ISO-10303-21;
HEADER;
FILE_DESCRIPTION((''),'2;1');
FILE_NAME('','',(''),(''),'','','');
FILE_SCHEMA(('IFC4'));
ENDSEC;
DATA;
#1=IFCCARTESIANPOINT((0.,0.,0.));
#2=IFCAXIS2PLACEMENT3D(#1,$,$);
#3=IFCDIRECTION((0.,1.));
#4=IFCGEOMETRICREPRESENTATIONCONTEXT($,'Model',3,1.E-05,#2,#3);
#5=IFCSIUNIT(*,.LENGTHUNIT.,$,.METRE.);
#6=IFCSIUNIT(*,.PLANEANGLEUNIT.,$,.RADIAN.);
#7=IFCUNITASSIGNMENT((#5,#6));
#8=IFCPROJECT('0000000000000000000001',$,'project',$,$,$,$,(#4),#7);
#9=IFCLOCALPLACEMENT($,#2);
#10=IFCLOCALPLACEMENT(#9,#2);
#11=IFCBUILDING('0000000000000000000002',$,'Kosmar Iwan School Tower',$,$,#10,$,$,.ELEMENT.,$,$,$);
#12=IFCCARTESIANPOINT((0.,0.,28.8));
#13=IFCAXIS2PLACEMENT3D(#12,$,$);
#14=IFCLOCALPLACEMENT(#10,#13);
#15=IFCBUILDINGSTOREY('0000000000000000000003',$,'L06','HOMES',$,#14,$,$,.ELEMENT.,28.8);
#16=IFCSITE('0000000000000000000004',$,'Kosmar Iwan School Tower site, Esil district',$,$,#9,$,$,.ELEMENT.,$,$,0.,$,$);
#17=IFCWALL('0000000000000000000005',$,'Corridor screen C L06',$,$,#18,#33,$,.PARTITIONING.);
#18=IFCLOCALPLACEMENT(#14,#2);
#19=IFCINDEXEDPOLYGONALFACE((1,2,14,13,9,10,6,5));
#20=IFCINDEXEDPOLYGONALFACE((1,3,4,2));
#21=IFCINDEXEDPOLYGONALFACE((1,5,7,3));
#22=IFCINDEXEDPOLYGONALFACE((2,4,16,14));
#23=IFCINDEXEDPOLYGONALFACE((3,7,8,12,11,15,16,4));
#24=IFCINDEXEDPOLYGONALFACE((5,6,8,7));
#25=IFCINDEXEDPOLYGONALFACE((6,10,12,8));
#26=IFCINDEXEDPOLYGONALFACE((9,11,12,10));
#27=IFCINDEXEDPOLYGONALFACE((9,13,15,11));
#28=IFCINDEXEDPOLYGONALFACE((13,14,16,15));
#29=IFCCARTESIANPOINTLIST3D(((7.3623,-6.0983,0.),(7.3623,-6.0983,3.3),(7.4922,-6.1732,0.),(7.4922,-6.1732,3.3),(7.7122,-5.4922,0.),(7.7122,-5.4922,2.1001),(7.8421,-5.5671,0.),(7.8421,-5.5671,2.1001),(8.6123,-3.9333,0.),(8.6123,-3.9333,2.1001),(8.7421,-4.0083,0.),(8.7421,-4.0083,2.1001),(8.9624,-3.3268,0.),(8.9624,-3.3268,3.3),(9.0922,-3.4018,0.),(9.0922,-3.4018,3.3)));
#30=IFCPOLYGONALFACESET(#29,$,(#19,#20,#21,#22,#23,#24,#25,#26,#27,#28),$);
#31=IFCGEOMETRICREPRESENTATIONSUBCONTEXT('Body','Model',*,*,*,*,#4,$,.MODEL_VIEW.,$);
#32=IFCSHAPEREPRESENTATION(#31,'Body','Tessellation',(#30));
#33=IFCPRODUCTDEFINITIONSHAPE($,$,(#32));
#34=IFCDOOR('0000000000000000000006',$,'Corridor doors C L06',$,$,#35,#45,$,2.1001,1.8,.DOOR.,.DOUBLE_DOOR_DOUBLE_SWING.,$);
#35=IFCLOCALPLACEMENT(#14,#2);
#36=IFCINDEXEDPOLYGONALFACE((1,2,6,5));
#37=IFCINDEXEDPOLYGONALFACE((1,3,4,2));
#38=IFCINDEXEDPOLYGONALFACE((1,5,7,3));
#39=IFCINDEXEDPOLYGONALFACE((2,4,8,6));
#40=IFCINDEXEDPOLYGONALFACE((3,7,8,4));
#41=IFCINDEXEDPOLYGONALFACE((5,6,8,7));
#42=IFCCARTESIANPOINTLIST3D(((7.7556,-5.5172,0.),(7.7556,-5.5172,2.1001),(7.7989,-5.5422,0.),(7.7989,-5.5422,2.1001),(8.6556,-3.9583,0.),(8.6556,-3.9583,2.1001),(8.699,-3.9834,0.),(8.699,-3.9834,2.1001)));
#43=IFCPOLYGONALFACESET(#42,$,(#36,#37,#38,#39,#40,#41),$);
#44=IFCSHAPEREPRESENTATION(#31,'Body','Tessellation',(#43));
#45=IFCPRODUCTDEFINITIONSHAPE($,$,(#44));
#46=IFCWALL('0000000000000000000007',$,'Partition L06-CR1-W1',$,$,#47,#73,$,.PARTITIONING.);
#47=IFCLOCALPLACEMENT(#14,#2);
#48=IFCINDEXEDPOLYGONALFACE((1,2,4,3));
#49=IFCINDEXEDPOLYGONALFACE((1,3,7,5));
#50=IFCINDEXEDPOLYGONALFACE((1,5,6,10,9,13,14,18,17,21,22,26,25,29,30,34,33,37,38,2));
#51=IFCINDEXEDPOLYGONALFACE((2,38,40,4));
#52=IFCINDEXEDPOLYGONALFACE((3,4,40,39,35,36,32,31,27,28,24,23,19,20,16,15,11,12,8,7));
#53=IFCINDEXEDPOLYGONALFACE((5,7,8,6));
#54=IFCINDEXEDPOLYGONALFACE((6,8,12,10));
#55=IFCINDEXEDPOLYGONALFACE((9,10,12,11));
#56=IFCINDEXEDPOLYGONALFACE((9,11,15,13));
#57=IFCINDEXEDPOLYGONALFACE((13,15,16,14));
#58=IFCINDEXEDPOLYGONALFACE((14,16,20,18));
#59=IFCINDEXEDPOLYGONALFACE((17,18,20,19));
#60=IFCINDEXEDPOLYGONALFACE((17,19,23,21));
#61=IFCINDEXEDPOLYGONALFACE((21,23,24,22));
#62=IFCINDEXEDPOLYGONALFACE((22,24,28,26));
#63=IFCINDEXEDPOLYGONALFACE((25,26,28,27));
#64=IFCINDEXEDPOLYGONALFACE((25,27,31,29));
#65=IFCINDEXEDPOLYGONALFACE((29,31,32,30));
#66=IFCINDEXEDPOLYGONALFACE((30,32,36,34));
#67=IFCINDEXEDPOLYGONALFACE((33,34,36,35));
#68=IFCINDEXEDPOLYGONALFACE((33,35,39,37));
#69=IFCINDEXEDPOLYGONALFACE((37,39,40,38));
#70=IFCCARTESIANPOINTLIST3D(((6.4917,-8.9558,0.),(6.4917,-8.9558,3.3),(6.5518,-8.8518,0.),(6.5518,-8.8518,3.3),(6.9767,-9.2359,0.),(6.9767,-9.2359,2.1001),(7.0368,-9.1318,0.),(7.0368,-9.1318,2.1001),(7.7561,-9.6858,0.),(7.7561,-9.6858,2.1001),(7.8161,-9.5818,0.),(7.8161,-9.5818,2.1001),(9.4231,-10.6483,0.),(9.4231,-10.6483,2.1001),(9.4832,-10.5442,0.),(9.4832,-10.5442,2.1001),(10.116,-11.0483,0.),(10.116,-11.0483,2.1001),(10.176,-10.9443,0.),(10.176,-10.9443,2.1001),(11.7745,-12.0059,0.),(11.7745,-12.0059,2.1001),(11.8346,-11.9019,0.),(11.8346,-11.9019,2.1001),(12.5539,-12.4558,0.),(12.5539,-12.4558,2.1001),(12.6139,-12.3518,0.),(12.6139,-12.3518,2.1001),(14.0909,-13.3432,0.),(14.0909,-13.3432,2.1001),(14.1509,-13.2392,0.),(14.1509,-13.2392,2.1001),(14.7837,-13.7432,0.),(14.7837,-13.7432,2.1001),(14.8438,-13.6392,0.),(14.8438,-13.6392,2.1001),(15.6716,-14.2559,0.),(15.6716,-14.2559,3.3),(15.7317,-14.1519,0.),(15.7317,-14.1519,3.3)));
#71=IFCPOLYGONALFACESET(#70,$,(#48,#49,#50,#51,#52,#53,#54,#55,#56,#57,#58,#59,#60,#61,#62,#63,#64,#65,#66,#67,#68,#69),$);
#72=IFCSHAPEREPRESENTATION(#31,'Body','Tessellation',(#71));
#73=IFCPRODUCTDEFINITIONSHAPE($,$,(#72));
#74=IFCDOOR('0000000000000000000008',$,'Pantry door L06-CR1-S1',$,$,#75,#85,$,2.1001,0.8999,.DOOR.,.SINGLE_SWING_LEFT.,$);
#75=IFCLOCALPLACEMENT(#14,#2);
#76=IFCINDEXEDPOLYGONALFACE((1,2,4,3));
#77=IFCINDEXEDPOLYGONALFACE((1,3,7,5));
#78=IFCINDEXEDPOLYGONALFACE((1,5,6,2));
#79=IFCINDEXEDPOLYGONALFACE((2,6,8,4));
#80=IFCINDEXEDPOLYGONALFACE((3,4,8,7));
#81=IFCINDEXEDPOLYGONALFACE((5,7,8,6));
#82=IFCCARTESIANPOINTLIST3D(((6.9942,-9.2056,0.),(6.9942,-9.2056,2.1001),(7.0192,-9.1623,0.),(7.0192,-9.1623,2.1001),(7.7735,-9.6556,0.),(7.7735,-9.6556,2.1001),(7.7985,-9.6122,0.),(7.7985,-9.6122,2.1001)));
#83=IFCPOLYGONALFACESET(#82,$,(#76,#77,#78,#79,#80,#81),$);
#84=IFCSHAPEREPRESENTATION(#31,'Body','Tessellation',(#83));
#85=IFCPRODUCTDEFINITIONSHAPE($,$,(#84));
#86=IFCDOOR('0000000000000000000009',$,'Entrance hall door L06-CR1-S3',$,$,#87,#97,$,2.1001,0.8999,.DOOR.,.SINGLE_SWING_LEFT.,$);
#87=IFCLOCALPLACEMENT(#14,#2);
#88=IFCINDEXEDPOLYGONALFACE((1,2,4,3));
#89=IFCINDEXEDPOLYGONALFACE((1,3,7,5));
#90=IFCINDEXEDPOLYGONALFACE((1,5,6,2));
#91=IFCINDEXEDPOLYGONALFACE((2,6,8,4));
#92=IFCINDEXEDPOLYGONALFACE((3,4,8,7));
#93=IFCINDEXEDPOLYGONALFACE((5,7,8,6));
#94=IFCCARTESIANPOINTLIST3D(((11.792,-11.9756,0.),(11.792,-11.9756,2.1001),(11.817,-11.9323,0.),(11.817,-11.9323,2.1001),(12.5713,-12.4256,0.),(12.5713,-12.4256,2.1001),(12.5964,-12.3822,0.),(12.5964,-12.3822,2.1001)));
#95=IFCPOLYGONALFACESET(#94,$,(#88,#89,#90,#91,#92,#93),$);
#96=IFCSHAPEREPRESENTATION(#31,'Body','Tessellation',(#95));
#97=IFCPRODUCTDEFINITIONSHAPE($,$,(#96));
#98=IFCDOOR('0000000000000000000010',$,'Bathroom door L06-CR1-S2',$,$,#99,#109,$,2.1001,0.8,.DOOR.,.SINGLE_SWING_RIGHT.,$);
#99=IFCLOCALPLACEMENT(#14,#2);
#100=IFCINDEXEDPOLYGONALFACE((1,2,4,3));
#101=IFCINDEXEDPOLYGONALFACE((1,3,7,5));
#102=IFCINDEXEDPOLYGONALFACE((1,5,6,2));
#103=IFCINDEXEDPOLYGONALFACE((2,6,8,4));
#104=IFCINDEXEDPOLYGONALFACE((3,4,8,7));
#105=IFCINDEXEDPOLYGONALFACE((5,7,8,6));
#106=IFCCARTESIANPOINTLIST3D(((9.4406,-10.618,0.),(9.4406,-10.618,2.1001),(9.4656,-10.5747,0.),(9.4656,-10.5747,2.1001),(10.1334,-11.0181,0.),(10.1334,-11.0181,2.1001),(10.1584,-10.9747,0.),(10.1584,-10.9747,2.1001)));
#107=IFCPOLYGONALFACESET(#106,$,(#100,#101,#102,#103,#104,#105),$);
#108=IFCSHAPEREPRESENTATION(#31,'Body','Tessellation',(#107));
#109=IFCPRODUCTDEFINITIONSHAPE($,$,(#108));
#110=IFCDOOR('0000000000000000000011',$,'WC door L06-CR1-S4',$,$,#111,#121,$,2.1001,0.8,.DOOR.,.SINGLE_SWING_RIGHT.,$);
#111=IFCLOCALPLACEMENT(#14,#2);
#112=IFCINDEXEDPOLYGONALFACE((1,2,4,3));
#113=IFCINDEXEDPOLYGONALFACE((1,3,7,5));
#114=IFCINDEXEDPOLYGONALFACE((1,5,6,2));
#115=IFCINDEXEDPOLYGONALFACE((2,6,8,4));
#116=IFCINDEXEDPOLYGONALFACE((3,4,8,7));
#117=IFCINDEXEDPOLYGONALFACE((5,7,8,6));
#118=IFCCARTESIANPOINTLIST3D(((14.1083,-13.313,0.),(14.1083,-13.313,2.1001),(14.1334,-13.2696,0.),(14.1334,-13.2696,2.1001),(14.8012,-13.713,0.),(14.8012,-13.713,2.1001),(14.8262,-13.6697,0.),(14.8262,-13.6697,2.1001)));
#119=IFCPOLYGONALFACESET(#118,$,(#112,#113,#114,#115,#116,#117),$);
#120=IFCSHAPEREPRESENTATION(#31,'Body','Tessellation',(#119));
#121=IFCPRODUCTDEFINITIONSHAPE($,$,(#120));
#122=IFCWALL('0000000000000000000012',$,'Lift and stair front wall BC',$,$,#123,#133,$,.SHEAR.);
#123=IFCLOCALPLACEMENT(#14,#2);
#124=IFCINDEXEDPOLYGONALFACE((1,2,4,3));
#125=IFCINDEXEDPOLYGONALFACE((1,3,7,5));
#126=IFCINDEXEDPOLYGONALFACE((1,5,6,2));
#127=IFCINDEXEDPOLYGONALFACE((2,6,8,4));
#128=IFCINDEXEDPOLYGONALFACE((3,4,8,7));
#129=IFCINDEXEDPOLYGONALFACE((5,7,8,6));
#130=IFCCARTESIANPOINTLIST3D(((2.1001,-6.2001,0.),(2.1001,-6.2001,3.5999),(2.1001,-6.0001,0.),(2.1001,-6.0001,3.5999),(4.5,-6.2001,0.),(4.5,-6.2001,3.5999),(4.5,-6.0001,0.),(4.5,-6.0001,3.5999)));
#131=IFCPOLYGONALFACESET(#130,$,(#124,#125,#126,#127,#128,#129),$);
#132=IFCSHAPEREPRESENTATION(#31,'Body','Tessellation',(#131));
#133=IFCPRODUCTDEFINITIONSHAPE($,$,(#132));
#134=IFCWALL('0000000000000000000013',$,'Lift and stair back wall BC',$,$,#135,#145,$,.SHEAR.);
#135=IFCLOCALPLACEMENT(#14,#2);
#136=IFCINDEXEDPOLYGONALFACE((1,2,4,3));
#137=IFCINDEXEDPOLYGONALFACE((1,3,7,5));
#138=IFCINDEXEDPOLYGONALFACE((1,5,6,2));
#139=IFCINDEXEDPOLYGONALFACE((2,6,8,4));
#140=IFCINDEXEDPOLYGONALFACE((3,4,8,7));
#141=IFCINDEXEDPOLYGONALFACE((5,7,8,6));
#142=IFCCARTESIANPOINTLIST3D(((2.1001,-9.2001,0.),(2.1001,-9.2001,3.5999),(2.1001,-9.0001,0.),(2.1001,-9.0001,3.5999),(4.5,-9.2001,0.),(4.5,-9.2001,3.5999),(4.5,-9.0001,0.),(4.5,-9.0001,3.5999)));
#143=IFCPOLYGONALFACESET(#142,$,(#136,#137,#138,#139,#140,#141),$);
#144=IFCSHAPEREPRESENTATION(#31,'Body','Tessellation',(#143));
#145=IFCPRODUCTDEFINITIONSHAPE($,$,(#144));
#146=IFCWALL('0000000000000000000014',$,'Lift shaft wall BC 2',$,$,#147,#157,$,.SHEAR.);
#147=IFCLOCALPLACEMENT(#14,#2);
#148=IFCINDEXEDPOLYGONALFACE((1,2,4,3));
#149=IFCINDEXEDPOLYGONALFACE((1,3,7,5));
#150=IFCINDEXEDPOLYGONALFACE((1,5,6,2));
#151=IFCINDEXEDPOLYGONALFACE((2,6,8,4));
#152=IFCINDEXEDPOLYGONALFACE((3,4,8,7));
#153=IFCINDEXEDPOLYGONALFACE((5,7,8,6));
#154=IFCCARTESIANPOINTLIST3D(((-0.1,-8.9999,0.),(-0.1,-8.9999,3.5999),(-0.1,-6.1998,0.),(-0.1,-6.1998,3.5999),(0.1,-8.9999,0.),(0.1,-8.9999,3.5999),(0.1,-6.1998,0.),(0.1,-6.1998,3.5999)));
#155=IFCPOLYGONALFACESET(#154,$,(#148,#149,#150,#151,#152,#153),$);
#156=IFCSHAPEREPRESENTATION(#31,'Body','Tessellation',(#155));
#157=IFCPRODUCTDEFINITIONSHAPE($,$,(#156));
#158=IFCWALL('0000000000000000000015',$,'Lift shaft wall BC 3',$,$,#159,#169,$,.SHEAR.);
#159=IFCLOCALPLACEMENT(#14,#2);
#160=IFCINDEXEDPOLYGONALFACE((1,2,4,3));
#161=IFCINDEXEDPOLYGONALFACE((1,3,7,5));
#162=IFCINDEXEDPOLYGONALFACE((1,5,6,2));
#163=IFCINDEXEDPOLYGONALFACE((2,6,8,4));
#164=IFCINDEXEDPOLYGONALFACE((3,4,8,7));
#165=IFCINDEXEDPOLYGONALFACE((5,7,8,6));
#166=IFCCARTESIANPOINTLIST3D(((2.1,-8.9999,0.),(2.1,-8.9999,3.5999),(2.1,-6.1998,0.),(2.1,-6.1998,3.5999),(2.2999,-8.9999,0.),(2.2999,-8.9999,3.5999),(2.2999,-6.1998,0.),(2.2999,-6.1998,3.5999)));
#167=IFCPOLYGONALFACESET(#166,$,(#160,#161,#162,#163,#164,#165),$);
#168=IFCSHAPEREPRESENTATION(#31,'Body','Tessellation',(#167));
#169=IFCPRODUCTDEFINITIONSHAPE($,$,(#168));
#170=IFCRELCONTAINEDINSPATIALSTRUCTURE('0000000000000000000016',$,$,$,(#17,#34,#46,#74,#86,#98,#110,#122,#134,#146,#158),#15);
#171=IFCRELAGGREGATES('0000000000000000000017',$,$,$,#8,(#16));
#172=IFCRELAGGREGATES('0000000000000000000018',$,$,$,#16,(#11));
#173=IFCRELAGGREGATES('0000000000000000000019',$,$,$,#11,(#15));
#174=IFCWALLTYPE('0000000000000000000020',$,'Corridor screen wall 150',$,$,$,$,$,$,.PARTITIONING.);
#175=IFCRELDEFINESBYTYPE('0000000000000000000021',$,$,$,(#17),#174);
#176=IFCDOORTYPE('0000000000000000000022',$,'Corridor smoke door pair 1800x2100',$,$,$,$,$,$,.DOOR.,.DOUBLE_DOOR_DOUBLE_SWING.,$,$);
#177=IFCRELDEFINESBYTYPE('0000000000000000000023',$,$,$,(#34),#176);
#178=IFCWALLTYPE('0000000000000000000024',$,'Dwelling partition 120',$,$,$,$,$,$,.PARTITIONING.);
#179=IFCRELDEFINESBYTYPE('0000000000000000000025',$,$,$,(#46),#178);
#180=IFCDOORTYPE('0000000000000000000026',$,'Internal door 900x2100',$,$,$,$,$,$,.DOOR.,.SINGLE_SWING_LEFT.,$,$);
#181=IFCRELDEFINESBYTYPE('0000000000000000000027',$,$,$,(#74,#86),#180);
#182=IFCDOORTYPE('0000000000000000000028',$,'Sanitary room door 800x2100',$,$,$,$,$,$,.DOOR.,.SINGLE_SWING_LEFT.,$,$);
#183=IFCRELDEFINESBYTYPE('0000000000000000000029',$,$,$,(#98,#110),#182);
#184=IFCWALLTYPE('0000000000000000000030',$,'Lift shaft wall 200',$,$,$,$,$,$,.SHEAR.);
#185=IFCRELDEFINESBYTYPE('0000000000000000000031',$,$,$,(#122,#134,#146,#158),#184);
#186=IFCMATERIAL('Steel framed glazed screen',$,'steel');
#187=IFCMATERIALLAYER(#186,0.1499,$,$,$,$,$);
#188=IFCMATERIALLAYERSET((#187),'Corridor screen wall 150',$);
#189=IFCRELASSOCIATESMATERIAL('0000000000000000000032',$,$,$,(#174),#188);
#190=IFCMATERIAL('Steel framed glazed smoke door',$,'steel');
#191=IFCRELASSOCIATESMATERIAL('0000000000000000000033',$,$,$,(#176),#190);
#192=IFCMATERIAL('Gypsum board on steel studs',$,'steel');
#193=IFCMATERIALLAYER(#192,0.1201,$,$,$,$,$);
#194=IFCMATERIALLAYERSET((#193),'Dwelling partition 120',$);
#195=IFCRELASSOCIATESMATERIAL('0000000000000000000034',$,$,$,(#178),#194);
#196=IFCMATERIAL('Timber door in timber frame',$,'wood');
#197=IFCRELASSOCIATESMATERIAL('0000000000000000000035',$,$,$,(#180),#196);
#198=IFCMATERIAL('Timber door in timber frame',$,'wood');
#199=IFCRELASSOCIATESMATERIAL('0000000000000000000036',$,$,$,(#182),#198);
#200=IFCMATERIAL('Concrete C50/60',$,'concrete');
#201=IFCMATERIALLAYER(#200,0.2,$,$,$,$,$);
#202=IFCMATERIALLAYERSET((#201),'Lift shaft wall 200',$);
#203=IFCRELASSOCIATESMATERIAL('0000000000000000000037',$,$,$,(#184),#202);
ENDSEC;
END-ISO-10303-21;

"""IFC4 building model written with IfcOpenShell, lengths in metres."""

from ifc_helpers import new_model, si_unit, direction, frame, frame_2d, origin, place, context, subcontext, project, spatial, rectangle, extrude, material, layer, layer_set, type_object, element, fill, save


model = new_model("IFC4")

# Units and contexts
model_context = context("Model", 3, precision=1e-05, world=origin(), true_north=direction((0.0, 1.0)))
body_context = subcontext(model_context, "Body", "Model", "MODEL_VIEW")
ifc_project = project(units=[si_unit("LENGTHUNIT", "METRE"), si_unit("PLANEANGLEUNIT", "RADIAN")], contexts=[model_context])

# Site, building, storey
site_placement = place(None, origin())
site = spatial("IfcSite", under=ifc_project, at=site_placement, Name="Kosmar Iwan School Tower site, Esil district", CompositionType="ELEMENT", RefElevation=0.0)
building_placement = place(site_placement, origin())
building = spatial("IfcBuilding", under=site, at=building_placement, Name="Kosmar Iwan School Tower", CompositionType="ELEMENT")
storey_placement = place(building_placement, frame((0.0, 0.0, 28.8)))
storey = spatial("IfcBuildingStorey", under=building, at=storey_placement, Name="L06", Description="HOMES", CompositionType="ELEMENT", Elevation=28.8)

# Wall, opening, door
ifc_material_1 = material(Name="Steel framed glazed screen", Category="steel")
ifc_layer_1 = layer(ifc_material_1, 0.1499)
ifc_layer_set_1 = layer_set([ifc_layer_1], Name="Corridor screen wall 150")
wall_type_1 = type_object("IfcWallType", Name="Corridor screen wall 150", PredefinedType="PARTITIONING", material=ifc_layer_set_1)
wall_1_placement = place(storey_placement, frame((7.4272, -6.1357, 0.0), z_axis=(0.0, 0.0, 1.0), x_axis=(0.499995, 0.866028, 0.0)))
wall_1 = element("IfcWall", 1, at=wall_1_placement, inside=storey, type_object=wall_type_1, Name="Corridor screen C L06", PredefinedType="PARTITIONING", context=body_context, shape_type="SweptSolid", body=[
    extrude(rectangle(XDim=3.2002, YDim=0.1499, at=frame_2d((1.6001, 0.0))), origin(), (0.0, 0.0, 1.0), 3.3),
])
opening_1_placement = place(wall_1_placement, frame((0.7, 0.0, 0.0)))
opening_1 = element("IfcOpeningElement", 2, at=opening_1_placement, cuts=wall_1, PredefinedType="OPENING", context=body_context, shape_type="SweptSolid", body=[
    extrude(rectangle(XDim=1.8, YDim=2.1001, at=frame_2d((0.8999, 1.05))), frame((0.0, 0.0869, 0.0), z_axis=(0.0, -1.0, 0.0), x_axis=(1.0, 0.0, 0.0)), (0.0, 0.0, 1.0), 0.1738),
])
ifc_material_2 = material(Name="Steel framed glazed smoke door", Category="steel")
door_type_1 = type_object("IfcDoorType", Name="Corridor smoke door pair 1800x2100", OperationType="DOUBLE_DOOR_DOUBLE_SWING", PredefinedType="DOOR", material=ifc_material_2)
door_1_placement = place(opening_1_placement, origin())
door_1 = element("IfcDoor", 3, at=door_1_placement, inside=storey, type_object=door_type_1, Name="Corridor doors C L06", OperationType="DOUBLE_DOOR_DOUBLE_SWING", OverallHeight=2.1001, OverallWidth=1.8, PredefinedType="DOOR", context=body_context, shape_type="SweptSolid", body=[
    extrude(rectangle(XDim=1.8, YDim=2.1001, at=frame_2d((0.8999, 1.05))), frame((0.0, 0.0249, 0.0), z_axis=(0.0, -1.0, 0.0), x_axis=(1.0, 0.0, 0.0)), (0.0, 0.0, 1.0), 0.05),
])
fill(opening_1, door_1)

# Wall, openings, doors
ifc_material_3 = material(Name="Gypsum board on steel studs", Category="steel")
ifc_layer_2 = layer(ifc_material_3, 0.1201)
ifc_layer_set_2 = layer_set([ifc_layer_2], Name="Dwelling partition 120")
wall_type_2 = type_object("IfcWallType", Name="Dwelling partition 120", PredefinedType="PARTITIONING", material=ifc_layer_set_2)
wall_2_placement = place(storey_placement, frame((6.5217, -8.9038, 0.0), z_axis=(0.0, 0.0, 1.0), x_axis=(0.866025, -0.500001, 0.0)))
wall_2 = element("IfcWall", 4, at=wall_2_placement, inside=storey, type_object=wall_type_2, Name="Partition L06-CR1-W1", PredefinedType="PARTITIONING", context=body_context, shape_type="SweptSolid", body=[
    extrude(rectangle(XDim=10.6001, YDim=0.1201, at=frame_2d((5.3, 0.0))), origin(), (0.0, 0.0, 1.0), 3.3),
])
opening_2_placement = place(wall_2_placement, frame((0.5601, 0.0, 0.0)))
opening_2 = element("IfcOpeningElement", 5, at=opening_2_placement, cuts=wall_2, PredefinedType="OPENING", context=body_context, shape_type="SweptSolid", body=[
    extrude(rectangle(XDim=0.8999, YDim=2.1001, at=frame_2d((0.45, 1.05))), frame((0.0, 0.072, 0.0), z_axis=(0.0, -1.0, 0.0), x_axis=(1.0, 0.0, 0.0)), (0.0, 0.0, 1.0), 0.144),
])
opening_3_placement = place(wall_2_placement, frame((3.385, 0.0, 0.0)))
opening_3 = element("IfcOpeningElement", 6, at=opening_3_placement, cuts=wall_2, PredefinedType="OPENING", context=body_context, shape_type="SweptSolid", body=[
    extrude(rectangle(XDim=0.8, YDim=2.1001, at=frame_2d((0.3999, 1.05))), frame((0.0, 0.072, 0.0), z_axis=(0.0, -1.0, 0.0), x_axis=(1.0, 0.0, 0.0)), (0.0, 0.0, 1.0), 0.144),
])
opening_4_placement = place(wall_2_placement, frame((6.1001, 0.0, 0.0)))
opening_4 = element("IfcOpeningElement", 7, at=opening_4_placement, cuts=wall_2, PredefinedType="OPENING", context=body_context, shape_type="SweptSolid", body=[
    extrude(rectangle(XDim=0.8999, YDim=2.1001, at=frame_2d((0.45, 1.05))), frame((0.0, 0.072, 0.0), z_axis=(0.0, -1.0, 0.0), x_axis=(1.0, 0.0, 0.0)), (0.0, 0.0, 1.0), 0.144),
])
opening_5_placement = place(wall_2_placement, frame((8.7749, 0.0, 0.0)))
opening_5 = element("IfcOpeningElement", 8, at=opening_5_placement, cuts=wall_2, PredefinedType="OPENING", context=body_context, shape_type="SweptSolid", body=[
    extrude(rectangle(XDim=0.8, YDim=2.1001, at=frame_2d((0.3999, 1.05))), frame((0.0, 0.072, 0.0), z_axis=(0.0, -1.0, 0.0), x_axis=(1.0, 0.0, 0.0)), (0.0, 0.0, 1.0), 0.144),
])
ifc_material_4 = material(Name="Timber door in timber frame", Category="wood")
door_type_2 = type_object("IfcDoorType", Name="Internal door 900x2100", OperationType="SINGLE_SWING_LEFT", PredefinedType="DOOR", material=ifc_material_4)
door_2_placement = place(opening_2_placement, origin())
door_2 = element("IfcDoor", 9, at=door_2_placement, inside=storey, type_object=door_type_2, Name="Pantry door L06-CR1-S1", OperationType="SINGLE_SWING_LEFT", OverallHeight=2.1001, OverallWidth=0.8999, PredefinedType="DOOR", context=body_context, shape_type="SweptSolid", body=[
    extrude(rectangle(XDim=0.8999, YDim=2.1001, at=frame_2d((0.45, 1.05))), frame((0.0, 0.0249, 0.0), z_axis=(0.0, -1.0, 0.0), x_axis=(1.0, 0.0, 0.0)), (0.0, 0.0, 1.0), 0.05),
])
fill(opening_2, door_2)
door_3_placement = place(opening_4_placement, origin())
door_3 = element("IfcDoor", 10, at=door_3_placement, inside=storey, type_object=door_type_2, Name="Entrance hall door L06-CR1-S3", OperationType="SINGLE_SWING_LEFT", OverallHeight=2.1001, OverallWidth=0.8999, PredefinedType="DOOR", context=body_context, shape_type="SweptSolid", body=[
    extrude(rectangle(XDim=0.8999, YDim=2.1001, at=frame_2d((0.45, 1.05))), frame((0.0, 0.0249, 0.0), z_axis=(0.0, -1.0, 0.0), x_axis=(1.0, 0.0, 0.0)), (0.0, 0.0, 1.0), 0.05),
])
fill(opening_4, door_3)
ifc_material_5 = material(Name="Timber door in timber frame", Category="wood")
door_type_3 = type_object("IfcDoorType", Name="Sanitary room door 800x2100", OperationType="SINGLE_SWING_LEFT", PredefinedType="DOOR", material=ifc_material_5)
door_4_placement = place(opening_3_placement, origin())
door_4 = element("IfcDoor", 11, at=door_4_placement, inside=storey, type_object=door_type_3, Name="Bathroom door L06-CR1-S2", OperationType="SINGLE_SWING_RIGHT", OverallHeight=2.1001, OverallWidth=0.8, PredefinedType="DOOR", context=body_context, shape_type="SweptSolid", body=[
    extrude(rectangle(XDim=0.8, YDim=2.1001, at=frame_2d((0.3999, 1.05))), frame((0.0, 0.0249, 0.0), z_axis=(0.0, -1.0, 0.0), x_axis=(1.0, 0.0, 0.0)), (0.0, 0.0, 1.0), 0.05),
])
fill(opening_3, door_4)
door_5_placement = place(opening_5_placement, origin())
door_5 = element("IfcDoor", 12, at=door_5_placement, inside=storey, type_object=door_type_3, Name="WC door L06-CR1-S4", OperationType="SINGLE_SWING_RIGHT", OverallHeight=2.1001, OverallWidth=0.8, PredefinedType="DOOR", context=body_context, shape_type="SweptSolid", body=[
    extrude(rectangle(XDim=0.8, YDim=2.1001, at=frame_2d((0.3999, 1.05))), frame((0.0, 0.0249, 0.0), z_axis=(0.0, -1.0, 0.0), x_axis=(1.0, 0.0, 0.0)), (0.0, 0.0, 1.0), 0.05),
])
fill(opening_5, door_5)

# Walls
ifc_material_6 = material(Name="Concrete C50/60", Category="concrete")
ifc_layer_3 = layer(ifc_material_6, 0.2)
ifc_layer_set_3 = layer_set([ifc_layer_3], Name="Lift shaft wall 200")
wall_type_3 = type_object("IfcWallType", Name="Lift shaft wall 200", PredefinedType="SHEAR", material=ifc_layer_set_3)
for number, where, z_axis, x_axis, name in (
    (13, (2.1001, -6.1001, 0.0), (0.0, 0.0, 1.0), (1.0, 0.0, 0.0), "Lift and stair front wall BC"),
    (14, (2.1001, -9.1001, 0.0), (0.0, 0.0, 1.0), (1.0, 0.0, 0.0), "Lift and stair back wall BC"),
):
    element("IfcWall", number, at=place(storey_placement, frame(where, z_axis=z_axis, x_axis=x_axis)), inside=storey, type_object=wall_type_3, Name=name, PredefinedType="SHEAR", context=body_context, shape_type="SweptSolid", body=[
        extrude(rectangle(XDim=2.3999, YDim=0.2, at=frame_2d((1.2, 0.0))), origin(), (0.0, 0.0, 1.0), 3.5999),
    ])
for number, where, z_axis, x_axis, name in (
    (15, (0.0, -6.2, 0.0), (0.0, 0.0, 1.0), (0.0, -1.0, 0.0), "Lift shaft wall BC 2"),
    (16, (2.2, -6.2, 0.0), (0.0, 0.0, 1.0), (0.0, -1.0, 0.0), "Lift shaft wall BC 3"),
):
    element("IfcWall", number, at=place(storey_placement, frame(where, z_axis=z_axis, x_axis=x_axis)), inside=storey, type_object=wall_type_3, Name=name, PredefinedType="SHEAR", context=body_context, shape_type="SweptSolid", body=[
        extrude(rectangle(XDim=2.8, YDim=0.2, at=frame_2d((1.3999, 0.0))), origin(), (0.0, 0.0, 1.0), 3.5999),
    ])

save(model, "model.ifc")
